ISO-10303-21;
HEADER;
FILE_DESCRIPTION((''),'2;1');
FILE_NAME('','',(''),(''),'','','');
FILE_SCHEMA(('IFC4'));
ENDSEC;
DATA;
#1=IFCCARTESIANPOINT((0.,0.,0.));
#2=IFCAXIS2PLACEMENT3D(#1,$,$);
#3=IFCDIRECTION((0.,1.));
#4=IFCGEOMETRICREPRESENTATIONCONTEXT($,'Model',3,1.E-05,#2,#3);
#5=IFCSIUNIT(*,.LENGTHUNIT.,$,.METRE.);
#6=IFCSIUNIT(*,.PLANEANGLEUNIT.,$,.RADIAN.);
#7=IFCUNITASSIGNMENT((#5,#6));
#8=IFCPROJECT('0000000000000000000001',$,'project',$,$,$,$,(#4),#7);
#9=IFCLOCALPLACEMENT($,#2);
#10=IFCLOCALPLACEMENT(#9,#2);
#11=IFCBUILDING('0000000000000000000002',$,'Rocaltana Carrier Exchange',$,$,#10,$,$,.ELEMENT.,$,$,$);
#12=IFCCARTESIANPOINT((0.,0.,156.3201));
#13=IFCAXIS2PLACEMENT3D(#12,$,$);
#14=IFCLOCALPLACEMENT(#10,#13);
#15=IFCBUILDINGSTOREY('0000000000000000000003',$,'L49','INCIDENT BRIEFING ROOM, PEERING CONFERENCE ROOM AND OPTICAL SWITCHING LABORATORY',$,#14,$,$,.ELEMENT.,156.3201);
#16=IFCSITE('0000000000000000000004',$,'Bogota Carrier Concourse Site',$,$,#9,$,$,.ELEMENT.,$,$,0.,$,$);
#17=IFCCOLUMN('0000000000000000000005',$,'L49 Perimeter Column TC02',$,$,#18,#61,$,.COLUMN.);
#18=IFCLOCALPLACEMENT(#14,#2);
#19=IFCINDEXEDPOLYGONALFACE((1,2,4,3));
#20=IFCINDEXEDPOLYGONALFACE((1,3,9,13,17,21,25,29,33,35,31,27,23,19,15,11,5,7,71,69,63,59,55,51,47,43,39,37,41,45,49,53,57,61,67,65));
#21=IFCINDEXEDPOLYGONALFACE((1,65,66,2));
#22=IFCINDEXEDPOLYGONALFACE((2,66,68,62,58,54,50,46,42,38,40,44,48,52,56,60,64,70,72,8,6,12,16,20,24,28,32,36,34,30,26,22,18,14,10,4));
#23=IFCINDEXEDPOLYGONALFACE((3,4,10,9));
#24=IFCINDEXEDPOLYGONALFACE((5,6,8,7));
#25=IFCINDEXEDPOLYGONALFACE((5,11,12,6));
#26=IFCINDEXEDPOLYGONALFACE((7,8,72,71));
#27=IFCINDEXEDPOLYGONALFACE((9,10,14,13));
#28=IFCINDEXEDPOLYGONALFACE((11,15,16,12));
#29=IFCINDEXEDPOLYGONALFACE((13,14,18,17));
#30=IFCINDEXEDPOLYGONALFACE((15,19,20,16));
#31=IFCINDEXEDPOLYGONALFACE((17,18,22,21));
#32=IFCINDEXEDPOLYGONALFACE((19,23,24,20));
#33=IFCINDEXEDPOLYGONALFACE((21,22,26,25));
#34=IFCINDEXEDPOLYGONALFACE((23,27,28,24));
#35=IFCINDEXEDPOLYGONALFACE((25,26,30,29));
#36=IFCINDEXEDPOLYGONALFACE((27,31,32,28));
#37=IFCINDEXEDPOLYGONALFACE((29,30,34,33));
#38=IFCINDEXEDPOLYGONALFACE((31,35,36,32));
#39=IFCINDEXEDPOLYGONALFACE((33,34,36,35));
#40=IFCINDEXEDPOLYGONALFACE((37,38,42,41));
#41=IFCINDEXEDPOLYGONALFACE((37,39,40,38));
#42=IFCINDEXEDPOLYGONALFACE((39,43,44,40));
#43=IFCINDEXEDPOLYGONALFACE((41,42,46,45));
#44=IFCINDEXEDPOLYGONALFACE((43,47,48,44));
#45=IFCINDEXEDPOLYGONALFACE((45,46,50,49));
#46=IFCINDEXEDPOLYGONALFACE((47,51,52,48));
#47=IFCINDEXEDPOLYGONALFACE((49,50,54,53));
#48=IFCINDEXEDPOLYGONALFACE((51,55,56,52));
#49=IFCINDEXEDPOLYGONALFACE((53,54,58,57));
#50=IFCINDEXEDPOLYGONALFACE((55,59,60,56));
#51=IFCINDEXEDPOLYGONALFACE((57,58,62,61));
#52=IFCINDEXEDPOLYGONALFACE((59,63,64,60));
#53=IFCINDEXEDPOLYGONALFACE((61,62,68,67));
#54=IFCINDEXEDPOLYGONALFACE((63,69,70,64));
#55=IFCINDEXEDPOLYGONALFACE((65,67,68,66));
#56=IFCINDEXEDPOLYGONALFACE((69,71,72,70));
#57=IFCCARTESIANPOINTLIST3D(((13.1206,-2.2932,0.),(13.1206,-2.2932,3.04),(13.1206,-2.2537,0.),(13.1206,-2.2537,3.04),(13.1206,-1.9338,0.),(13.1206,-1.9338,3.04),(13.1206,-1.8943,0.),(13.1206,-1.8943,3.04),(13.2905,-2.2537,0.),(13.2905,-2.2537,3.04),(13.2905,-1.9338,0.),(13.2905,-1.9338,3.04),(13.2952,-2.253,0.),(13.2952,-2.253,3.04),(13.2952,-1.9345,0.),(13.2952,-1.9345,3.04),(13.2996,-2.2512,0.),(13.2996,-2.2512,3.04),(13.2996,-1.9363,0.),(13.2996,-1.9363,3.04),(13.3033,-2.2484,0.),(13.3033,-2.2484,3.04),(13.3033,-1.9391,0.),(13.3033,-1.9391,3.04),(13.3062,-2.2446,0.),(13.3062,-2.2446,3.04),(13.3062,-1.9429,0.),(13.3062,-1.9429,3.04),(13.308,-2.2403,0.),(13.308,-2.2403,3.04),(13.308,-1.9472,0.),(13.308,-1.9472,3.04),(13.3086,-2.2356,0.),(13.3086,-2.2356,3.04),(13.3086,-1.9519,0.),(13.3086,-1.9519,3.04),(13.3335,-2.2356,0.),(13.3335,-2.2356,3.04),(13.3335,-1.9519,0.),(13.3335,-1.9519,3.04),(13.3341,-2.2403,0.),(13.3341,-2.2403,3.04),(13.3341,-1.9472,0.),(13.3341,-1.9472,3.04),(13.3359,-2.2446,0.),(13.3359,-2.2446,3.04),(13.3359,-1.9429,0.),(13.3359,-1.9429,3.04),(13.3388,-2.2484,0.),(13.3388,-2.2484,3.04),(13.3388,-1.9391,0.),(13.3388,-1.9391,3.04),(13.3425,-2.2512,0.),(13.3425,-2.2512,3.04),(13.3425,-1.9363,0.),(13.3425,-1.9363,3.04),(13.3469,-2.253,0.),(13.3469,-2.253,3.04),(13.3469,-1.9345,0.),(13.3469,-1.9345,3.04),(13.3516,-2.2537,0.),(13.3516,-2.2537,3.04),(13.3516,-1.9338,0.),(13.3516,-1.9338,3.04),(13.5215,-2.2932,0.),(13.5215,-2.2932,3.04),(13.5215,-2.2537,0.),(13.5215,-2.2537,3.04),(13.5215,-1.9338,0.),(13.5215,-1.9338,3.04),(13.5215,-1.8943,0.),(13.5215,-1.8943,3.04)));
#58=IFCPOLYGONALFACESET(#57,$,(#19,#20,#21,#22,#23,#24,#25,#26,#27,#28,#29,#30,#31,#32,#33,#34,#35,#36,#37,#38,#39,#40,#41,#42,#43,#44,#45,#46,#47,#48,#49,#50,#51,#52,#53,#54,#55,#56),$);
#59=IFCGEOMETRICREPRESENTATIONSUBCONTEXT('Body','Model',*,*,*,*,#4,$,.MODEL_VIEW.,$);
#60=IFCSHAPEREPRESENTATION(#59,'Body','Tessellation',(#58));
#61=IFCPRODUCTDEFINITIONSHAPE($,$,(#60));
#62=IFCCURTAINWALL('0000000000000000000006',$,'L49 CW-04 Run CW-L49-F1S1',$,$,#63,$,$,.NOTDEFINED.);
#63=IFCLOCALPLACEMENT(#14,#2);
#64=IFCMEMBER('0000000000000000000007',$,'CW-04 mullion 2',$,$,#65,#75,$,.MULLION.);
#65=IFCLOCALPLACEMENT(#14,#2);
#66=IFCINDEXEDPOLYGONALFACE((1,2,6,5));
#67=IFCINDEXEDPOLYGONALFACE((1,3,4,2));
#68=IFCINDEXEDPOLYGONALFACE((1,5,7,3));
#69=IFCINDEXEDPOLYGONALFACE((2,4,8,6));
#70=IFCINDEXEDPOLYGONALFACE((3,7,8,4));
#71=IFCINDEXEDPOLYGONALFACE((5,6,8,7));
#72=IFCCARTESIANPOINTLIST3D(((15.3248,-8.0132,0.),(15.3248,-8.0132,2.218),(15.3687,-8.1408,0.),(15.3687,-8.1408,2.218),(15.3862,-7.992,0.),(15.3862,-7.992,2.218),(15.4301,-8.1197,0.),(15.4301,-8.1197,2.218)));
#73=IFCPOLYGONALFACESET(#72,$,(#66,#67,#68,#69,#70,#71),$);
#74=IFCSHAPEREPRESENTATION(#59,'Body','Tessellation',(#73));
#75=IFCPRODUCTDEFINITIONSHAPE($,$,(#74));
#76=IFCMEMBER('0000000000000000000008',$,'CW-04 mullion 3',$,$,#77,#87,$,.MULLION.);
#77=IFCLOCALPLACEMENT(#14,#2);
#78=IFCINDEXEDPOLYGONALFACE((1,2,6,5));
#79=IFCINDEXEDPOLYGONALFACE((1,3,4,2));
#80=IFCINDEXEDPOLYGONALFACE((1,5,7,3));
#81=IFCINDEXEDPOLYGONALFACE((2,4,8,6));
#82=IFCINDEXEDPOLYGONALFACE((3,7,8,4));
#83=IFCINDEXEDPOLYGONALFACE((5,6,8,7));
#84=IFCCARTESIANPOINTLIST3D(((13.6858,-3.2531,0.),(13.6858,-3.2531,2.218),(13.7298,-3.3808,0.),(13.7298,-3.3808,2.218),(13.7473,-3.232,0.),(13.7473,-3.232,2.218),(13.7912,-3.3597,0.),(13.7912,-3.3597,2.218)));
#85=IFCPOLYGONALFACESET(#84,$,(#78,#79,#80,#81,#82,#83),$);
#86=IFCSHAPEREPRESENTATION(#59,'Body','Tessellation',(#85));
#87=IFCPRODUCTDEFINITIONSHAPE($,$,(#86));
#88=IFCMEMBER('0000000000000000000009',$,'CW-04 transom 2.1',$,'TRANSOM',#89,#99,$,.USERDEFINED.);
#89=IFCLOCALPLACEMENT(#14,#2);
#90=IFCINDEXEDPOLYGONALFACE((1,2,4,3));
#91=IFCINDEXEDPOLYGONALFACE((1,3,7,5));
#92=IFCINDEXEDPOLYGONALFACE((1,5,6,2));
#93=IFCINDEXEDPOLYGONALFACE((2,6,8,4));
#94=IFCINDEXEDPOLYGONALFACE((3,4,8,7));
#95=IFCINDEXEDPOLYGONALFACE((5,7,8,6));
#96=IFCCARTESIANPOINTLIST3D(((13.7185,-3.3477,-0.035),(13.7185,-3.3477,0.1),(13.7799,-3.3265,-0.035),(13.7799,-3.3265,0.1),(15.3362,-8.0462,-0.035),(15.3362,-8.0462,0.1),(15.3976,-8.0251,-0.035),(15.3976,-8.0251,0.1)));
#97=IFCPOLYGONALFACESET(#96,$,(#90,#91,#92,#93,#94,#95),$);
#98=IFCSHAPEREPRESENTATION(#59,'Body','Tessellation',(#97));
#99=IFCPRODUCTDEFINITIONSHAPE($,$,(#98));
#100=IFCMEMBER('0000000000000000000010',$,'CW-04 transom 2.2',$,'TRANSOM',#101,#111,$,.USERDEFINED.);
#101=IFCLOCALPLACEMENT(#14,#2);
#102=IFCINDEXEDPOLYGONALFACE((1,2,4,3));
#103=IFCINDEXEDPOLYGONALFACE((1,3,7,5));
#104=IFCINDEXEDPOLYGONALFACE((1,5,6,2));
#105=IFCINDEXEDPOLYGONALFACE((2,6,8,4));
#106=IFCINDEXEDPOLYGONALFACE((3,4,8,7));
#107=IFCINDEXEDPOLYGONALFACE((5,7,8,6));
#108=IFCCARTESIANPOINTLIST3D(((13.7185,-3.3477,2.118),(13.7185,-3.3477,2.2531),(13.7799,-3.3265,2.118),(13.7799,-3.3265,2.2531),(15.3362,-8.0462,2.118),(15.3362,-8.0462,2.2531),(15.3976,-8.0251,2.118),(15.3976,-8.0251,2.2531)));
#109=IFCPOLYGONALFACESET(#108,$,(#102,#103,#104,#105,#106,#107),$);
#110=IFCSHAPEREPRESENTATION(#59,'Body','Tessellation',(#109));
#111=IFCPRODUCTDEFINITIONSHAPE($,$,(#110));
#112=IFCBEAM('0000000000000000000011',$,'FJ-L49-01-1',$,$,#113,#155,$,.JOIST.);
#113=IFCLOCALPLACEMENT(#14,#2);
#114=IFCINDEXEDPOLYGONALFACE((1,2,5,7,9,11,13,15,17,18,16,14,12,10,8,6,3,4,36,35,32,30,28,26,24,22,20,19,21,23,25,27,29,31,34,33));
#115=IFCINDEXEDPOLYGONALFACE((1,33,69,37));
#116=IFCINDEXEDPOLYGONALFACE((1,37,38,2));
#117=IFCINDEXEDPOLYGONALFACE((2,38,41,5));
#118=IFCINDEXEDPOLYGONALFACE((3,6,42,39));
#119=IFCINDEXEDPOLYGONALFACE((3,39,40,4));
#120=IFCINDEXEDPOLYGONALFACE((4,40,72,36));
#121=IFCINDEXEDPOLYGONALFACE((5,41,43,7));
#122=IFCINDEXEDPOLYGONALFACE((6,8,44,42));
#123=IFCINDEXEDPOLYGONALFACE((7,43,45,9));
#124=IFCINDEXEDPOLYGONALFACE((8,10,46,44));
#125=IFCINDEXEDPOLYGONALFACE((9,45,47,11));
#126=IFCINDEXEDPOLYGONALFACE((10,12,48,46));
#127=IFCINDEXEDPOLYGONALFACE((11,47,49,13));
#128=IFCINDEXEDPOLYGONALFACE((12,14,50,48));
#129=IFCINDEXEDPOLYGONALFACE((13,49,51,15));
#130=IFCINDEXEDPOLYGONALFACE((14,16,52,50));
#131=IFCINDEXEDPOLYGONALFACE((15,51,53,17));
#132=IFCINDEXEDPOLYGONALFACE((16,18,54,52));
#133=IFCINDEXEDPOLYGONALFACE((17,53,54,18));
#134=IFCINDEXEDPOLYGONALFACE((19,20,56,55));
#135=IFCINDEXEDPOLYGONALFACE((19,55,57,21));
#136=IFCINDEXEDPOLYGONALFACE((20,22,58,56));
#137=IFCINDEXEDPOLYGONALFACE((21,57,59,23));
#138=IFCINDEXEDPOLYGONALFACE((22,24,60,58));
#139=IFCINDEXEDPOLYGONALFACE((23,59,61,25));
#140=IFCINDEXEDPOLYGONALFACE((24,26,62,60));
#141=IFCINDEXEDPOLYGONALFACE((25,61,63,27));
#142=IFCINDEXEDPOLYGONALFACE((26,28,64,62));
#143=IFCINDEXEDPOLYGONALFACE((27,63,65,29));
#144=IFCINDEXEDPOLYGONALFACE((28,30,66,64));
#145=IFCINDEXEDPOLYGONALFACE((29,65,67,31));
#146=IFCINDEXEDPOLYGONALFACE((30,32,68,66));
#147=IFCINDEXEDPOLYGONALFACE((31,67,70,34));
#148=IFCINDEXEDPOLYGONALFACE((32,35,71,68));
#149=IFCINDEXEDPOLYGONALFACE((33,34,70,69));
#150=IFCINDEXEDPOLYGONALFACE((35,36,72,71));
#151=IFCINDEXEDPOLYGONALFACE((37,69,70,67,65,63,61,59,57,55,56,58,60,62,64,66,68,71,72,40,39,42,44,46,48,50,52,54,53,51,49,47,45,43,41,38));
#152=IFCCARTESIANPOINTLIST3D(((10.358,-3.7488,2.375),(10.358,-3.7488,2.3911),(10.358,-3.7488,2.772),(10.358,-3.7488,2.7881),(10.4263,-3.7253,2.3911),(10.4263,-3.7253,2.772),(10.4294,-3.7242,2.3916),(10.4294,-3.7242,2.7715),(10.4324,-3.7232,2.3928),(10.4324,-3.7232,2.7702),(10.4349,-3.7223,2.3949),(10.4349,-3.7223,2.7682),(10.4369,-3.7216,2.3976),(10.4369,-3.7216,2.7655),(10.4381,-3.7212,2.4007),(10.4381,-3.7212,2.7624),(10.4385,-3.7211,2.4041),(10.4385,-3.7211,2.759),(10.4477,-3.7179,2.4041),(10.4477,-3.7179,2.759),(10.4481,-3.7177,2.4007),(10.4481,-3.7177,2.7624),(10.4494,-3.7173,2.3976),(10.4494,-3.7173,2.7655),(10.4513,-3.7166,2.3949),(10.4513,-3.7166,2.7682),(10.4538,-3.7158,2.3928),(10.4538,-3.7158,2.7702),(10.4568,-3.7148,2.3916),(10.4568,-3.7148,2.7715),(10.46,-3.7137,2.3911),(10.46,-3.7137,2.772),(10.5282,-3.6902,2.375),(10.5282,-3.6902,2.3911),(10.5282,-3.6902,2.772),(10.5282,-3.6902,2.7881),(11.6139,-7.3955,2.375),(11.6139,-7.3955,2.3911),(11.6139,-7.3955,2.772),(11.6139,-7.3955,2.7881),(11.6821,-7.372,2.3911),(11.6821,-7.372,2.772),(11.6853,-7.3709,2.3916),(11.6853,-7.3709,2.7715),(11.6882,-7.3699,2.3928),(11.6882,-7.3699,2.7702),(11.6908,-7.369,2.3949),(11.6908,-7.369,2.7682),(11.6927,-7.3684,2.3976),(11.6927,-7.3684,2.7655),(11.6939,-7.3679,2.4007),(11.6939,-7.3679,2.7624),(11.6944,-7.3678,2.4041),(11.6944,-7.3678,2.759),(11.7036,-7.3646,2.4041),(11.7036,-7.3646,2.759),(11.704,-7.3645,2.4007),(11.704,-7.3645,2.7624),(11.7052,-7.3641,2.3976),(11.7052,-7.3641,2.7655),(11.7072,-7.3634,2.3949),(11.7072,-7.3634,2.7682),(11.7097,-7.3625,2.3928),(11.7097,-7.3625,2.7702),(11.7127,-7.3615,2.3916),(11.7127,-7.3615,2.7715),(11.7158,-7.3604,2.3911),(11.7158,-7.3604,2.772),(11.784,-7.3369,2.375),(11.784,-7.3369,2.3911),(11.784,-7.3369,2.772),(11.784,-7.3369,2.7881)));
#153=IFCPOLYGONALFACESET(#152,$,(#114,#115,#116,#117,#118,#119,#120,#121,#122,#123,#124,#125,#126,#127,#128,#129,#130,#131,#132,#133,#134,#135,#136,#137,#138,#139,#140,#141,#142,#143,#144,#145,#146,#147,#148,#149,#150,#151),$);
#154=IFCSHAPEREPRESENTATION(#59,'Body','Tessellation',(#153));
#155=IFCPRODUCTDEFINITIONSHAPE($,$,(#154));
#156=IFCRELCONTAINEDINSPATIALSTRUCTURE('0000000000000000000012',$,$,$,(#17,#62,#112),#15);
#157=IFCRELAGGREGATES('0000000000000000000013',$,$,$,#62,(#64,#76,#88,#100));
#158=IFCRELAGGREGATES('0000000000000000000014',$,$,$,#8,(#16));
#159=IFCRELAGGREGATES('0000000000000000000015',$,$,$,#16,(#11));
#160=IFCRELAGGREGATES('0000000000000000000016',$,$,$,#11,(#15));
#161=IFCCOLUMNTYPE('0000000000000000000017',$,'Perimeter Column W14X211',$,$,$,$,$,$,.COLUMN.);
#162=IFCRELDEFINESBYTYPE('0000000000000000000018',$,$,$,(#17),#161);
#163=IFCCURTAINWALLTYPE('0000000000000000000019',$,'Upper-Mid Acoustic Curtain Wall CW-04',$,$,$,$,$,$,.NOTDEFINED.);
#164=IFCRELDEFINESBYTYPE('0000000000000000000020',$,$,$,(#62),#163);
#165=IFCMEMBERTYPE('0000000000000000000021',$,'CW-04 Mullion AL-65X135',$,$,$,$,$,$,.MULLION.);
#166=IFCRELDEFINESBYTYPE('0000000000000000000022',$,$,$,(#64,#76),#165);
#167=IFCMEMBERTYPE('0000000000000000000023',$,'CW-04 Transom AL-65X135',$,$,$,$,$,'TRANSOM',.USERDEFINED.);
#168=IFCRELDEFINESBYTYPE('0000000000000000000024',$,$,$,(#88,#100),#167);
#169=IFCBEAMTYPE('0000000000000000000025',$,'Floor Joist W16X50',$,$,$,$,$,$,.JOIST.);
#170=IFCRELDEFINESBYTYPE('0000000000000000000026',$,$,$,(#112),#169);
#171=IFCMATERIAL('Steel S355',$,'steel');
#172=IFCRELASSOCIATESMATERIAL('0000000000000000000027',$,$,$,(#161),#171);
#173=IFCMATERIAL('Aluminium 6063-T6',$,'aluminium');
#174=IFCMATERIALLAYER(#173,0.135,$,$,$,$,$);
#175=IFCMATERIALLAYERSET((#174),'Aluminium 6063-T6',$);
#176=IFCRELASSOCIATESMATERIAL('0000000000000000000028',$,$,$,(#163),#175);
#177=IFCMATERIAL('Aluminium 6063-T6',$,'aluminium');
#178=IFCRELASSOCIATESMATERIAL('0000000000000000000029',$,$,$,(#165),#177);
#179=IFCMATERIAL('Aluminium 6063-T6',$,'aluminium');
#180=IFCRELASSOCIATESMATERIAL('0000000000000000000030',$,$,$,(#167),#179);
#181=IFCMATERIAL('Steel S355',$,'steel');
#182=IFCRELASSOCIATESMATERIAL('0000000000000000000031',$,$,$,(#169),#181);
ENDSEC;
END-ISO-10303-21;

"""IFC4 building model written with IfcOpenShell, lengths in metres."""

from ifc_helpers import new_model, si_unit, direction, frame, origin, origin_2d, place, context, subcontext, project, spatial, rectangle, i_section, extrude, material, layer, layer_set, material_profile, profile_set, type_object, element, aggregate, save


model = new_model("IFC4")

# Units and contexts
model_context = context("Model", 3, precision=1e-05, world=origin(), true_north=direction((0.0, 1.0)))
body_context = subcontext(model_context, "Body", "Model", "MODEL_VIEW")
ifc_project = project(units=[si_unit("LENGTHUNIT", "METRE"), si_unit("PLANEANGLEUNIT", "RADIAN")], contexts=[model_context])

# Site, building, storey
site_placement = place(None, origin())
site = spatial("IfcSite", under=ifc_project, at=site_placement, Name="Bogota Carrier Concourse Site", CompositionType="ELEMENT", RefElevation=0.0)
building_placement = place(site_placement, origin())
building = spatial("IfcBuilding", under=site, at=building_placement, Name="Rocaltana Carrier Exchange", CompositionType="ELEMENT")
storey_placement = place(building_placement, frame((0.0, 0.0, 156.3201)))
storey = spatial("IfcBuildingStorey", under=building, at=storey_placement, Name="L49", Description="INCIDENT BRIEFING ROOM, PEERING CONFERENCE ROOM AND OPTICAL SWITCHING LABORATORY", CompositionType="ELEMENT", Elevation=156.3201)

# Column
ifc_material_1 = material(Name="Steel S355", Category="steel")
ifc_material_profile_1 = material_profile(ifc_material_1, i_section(OverallWidth=0.4009, OverallDepth=0.3989, WebThickness=0.0249, FlangeThickness=0.0396, FilletRadius=0.0181, at=origin_2d()), Name="W14X211")
ifc_profile_set_1 = profile_set([ifc_material_profile_1], Name="Steel S355")
column_type = type_object("IfcColumnType", Name="Perimeter Column W14X211", PredefinedType="COLUMN", material=ifc_profile_set_1)
column_placement = place(storey_placement, frame((13.321, -2.0938, 0.0), z_axis=(0.0, 0.0, 1.0), x_axis=(1.0, 0.0, 0.0)))
element("IfcColumn", 1, at=column_placement, inside=storey, type_object=column_type, Name="L49 Perimeter Column TC02", PredefinedType="COLUMN", context=body_context, shape_type="SweptSolid", body=[
    extrude(i_section(OverallWidth=0.4009, OverallDepth=0.3989, WebThickness=0.0249, FlangeThickness=0.0396, FilletRadius=0.0181, at=origin_2d()), origin(), (0.0, 0.0, 1.0), 3.04),
])

# Curtain wall, members
ifc_material_2 = material(Name="Aluminium 6063-T6", Category="aluminium")
ifc_layer_1 = layer(ifc_material_2, 0.135)
ifc_layer_set_1 = layer_set([ifc_layer_1], Name="Aluminium 6063-T6")
curtain_wall_type = type_object("IfcCurtainWallType", Name="Upper-Mid Acoustic Curtain Wall CW-04", PredefinedType="NOTDEFINED", material=ifc_layer_set_1)
curtain_wall_placement = place(storey_placement, origin())
curtain_wall = element("IfcCurtainWall", 2, at=curtain_wall_placement, inside=storey, type_object=curtain_wall_type, Name="L49 CW-04 Run CW-L49-F1S1", PredefinedType="NOTDEFINED")
ifc_material_3 = material(Name="Aluminium 6063-T6", Category="aluminium")
ifc_material_profile_2 = material_profile(ifc_material_3, rectangle(XDim=0.0649, YDim=0.135, at=origin_2d()), Name="AL-65X135")
ifc_profile_set_2 = profile_set([ifc_material_profile_2], Name="Aluminium 6063-T6")
member_type_1 = type_object("IfcMemberType", Name="CW-04 Mullion AL-65X135", PredefinedType="MULLION", material=ifc_profile_set_2)
member_1_placement = place(storey_placement, frame((15.3774, -8.0664, 0.0), z_axis=(0.0, 0.0, 1.0), x_axis=(-0.945522, -0.325559, 0.0)))
member_1 = element("IfcMember", 3, at=member_1_placement, type_object=member_type_1, Name="CW-04 mullion 2", PredefinedType="MULLION", context=body_context, shape_type="SweptSolid", body=[
    extrude(rectangle(XDim=0.0649, YDim=0.135, at=origin_2d()), origin(), (0.0, 0.0, 1.0), 2.218),
])
member_2_placement = place(storey_placement, frame((13.7385, -3.3064, 0.0), z_axis=(0.0, 0.0, 1.0), x_axis=(-0.945522, -0.325559, 0.0)))
member_2 = element("IfcMember", 4, at=member_2_placement, type_object=member_type_1, Name="CW-04 mullion 3", PredefinedType="MULLION", context=body_context, shape_type="SweptSolid", body=[
    extrude(rectangle(XDim=0.0649, YDim=0.135, at=origin_2d()), origin(), (0.0, 0.0, 1.0), 2.218),
])
ifc_material_4 = material(Name="Aluminium 6063-T6", Category="aluminium")
ifc_material_profile_3 = material_profile(ifc_material_4, rectangle(XDim=0.0649, YDim=0.135, at=origin_2d()), Name="AL-65X135")
ifc_profile_set_3 = profile_set([ifc_material_profile_3], Name="Aluminium 6063-T6")
member_type_2 = type_object("IfcMemberType", Name="CW-04 Transom AL-65X135", ElementType="TRANSOM", PredefinedType="USERDEFINED", material=ifc_profile_set_3)
member_3_placement = place(storey_placement, frame((15.3669, -8.0356, 0.0325), z_axis=(-0.325542, 0.945527, 0.0), x_axis=(-0.945527, -0.325542, 0.0)))
member_3 = element("IfcMember", 5, at=member_3_placement, type_object=member_type_2, Name="CW-04 transom 2.1", ObjectType="TRANSOM", PredefinedType="USERDEFINED", context=body_context, shape_type="SweptSolid", body=[
    extrude(rectangle(XDim=0.0649, YDim=0.135, at=origin_2d()), origin(), (0.0, 0.0, 1.0), 4.9692),
])
member_4_placement = place(storey_placement, frame((15.3669, -8.0356, 2.1855), z_axis=(-0.325542, 0.945527, 0.0), x_axis=(-0.945527, -0.325542, 0.0)))
member_4 = element("IfcMember", 6, at=member_4_placement, type_object=member_type_2, Name="CW-04 transom 2.2", ObjectType="TRANSOM", PredefinedType="USERDEFINED", context=body_context, shape_type="SweptSolid", body=[
    extrude(rectangle(XDim=0.0649, YDim=0.135, at=origin_2d()), origin(), (0.0, 0.0, 1.0), 4.9692),
])

# Beam
ifc_material_5 = material(Name="Steel S355", Category="steel")
ifc_material_profile_4 = material_profile(ifc_material_5, i_section(OverallWidth=0.1799, OverallDepth=0.4131, WebThickness=0.0098, FlangeThickness=0.0161, FilletRadius=0.0129, at=origin_2d()), Name="W16X50")
ifc_profile_set_4 = profile_set([ifc_material_profile_4], Name="Steel S355")
beam_type_1 = type_object("IfcBeamType", Name="Floor Joist W16X50", PredefinedType="JOIST", material=ifc_profile_set_4)
beam_1_placement = place(storey_placement, frame((11.699, -7.3662, 2.5815), z_axis=(-0.325612, 0.945503, 0.0), x_axis=(-0.945503, -0.325612, 0.0)))
element("IfcBeam", 7, at=beam_1_placement, inside=storey, type_object=beam_type_1, Name="FJ-L49-01-1", PredefinedType="JOIST", context=body_context, shape_type="SweptSolid", body=[
    extrude(i_section(OverallWidth=0.1799, OverallDepth=0.4131, WebThickness=0.0098, FlangeThickness=0.0161, FilletRadius=0.0129, at=origin_2d()), origin(), (0.0, 0.0, 1.0), 3.8569),
])

aggregate(curtain_wall, [member_1, member_2, member_3, member_4])

save(model, "model.ifc")
